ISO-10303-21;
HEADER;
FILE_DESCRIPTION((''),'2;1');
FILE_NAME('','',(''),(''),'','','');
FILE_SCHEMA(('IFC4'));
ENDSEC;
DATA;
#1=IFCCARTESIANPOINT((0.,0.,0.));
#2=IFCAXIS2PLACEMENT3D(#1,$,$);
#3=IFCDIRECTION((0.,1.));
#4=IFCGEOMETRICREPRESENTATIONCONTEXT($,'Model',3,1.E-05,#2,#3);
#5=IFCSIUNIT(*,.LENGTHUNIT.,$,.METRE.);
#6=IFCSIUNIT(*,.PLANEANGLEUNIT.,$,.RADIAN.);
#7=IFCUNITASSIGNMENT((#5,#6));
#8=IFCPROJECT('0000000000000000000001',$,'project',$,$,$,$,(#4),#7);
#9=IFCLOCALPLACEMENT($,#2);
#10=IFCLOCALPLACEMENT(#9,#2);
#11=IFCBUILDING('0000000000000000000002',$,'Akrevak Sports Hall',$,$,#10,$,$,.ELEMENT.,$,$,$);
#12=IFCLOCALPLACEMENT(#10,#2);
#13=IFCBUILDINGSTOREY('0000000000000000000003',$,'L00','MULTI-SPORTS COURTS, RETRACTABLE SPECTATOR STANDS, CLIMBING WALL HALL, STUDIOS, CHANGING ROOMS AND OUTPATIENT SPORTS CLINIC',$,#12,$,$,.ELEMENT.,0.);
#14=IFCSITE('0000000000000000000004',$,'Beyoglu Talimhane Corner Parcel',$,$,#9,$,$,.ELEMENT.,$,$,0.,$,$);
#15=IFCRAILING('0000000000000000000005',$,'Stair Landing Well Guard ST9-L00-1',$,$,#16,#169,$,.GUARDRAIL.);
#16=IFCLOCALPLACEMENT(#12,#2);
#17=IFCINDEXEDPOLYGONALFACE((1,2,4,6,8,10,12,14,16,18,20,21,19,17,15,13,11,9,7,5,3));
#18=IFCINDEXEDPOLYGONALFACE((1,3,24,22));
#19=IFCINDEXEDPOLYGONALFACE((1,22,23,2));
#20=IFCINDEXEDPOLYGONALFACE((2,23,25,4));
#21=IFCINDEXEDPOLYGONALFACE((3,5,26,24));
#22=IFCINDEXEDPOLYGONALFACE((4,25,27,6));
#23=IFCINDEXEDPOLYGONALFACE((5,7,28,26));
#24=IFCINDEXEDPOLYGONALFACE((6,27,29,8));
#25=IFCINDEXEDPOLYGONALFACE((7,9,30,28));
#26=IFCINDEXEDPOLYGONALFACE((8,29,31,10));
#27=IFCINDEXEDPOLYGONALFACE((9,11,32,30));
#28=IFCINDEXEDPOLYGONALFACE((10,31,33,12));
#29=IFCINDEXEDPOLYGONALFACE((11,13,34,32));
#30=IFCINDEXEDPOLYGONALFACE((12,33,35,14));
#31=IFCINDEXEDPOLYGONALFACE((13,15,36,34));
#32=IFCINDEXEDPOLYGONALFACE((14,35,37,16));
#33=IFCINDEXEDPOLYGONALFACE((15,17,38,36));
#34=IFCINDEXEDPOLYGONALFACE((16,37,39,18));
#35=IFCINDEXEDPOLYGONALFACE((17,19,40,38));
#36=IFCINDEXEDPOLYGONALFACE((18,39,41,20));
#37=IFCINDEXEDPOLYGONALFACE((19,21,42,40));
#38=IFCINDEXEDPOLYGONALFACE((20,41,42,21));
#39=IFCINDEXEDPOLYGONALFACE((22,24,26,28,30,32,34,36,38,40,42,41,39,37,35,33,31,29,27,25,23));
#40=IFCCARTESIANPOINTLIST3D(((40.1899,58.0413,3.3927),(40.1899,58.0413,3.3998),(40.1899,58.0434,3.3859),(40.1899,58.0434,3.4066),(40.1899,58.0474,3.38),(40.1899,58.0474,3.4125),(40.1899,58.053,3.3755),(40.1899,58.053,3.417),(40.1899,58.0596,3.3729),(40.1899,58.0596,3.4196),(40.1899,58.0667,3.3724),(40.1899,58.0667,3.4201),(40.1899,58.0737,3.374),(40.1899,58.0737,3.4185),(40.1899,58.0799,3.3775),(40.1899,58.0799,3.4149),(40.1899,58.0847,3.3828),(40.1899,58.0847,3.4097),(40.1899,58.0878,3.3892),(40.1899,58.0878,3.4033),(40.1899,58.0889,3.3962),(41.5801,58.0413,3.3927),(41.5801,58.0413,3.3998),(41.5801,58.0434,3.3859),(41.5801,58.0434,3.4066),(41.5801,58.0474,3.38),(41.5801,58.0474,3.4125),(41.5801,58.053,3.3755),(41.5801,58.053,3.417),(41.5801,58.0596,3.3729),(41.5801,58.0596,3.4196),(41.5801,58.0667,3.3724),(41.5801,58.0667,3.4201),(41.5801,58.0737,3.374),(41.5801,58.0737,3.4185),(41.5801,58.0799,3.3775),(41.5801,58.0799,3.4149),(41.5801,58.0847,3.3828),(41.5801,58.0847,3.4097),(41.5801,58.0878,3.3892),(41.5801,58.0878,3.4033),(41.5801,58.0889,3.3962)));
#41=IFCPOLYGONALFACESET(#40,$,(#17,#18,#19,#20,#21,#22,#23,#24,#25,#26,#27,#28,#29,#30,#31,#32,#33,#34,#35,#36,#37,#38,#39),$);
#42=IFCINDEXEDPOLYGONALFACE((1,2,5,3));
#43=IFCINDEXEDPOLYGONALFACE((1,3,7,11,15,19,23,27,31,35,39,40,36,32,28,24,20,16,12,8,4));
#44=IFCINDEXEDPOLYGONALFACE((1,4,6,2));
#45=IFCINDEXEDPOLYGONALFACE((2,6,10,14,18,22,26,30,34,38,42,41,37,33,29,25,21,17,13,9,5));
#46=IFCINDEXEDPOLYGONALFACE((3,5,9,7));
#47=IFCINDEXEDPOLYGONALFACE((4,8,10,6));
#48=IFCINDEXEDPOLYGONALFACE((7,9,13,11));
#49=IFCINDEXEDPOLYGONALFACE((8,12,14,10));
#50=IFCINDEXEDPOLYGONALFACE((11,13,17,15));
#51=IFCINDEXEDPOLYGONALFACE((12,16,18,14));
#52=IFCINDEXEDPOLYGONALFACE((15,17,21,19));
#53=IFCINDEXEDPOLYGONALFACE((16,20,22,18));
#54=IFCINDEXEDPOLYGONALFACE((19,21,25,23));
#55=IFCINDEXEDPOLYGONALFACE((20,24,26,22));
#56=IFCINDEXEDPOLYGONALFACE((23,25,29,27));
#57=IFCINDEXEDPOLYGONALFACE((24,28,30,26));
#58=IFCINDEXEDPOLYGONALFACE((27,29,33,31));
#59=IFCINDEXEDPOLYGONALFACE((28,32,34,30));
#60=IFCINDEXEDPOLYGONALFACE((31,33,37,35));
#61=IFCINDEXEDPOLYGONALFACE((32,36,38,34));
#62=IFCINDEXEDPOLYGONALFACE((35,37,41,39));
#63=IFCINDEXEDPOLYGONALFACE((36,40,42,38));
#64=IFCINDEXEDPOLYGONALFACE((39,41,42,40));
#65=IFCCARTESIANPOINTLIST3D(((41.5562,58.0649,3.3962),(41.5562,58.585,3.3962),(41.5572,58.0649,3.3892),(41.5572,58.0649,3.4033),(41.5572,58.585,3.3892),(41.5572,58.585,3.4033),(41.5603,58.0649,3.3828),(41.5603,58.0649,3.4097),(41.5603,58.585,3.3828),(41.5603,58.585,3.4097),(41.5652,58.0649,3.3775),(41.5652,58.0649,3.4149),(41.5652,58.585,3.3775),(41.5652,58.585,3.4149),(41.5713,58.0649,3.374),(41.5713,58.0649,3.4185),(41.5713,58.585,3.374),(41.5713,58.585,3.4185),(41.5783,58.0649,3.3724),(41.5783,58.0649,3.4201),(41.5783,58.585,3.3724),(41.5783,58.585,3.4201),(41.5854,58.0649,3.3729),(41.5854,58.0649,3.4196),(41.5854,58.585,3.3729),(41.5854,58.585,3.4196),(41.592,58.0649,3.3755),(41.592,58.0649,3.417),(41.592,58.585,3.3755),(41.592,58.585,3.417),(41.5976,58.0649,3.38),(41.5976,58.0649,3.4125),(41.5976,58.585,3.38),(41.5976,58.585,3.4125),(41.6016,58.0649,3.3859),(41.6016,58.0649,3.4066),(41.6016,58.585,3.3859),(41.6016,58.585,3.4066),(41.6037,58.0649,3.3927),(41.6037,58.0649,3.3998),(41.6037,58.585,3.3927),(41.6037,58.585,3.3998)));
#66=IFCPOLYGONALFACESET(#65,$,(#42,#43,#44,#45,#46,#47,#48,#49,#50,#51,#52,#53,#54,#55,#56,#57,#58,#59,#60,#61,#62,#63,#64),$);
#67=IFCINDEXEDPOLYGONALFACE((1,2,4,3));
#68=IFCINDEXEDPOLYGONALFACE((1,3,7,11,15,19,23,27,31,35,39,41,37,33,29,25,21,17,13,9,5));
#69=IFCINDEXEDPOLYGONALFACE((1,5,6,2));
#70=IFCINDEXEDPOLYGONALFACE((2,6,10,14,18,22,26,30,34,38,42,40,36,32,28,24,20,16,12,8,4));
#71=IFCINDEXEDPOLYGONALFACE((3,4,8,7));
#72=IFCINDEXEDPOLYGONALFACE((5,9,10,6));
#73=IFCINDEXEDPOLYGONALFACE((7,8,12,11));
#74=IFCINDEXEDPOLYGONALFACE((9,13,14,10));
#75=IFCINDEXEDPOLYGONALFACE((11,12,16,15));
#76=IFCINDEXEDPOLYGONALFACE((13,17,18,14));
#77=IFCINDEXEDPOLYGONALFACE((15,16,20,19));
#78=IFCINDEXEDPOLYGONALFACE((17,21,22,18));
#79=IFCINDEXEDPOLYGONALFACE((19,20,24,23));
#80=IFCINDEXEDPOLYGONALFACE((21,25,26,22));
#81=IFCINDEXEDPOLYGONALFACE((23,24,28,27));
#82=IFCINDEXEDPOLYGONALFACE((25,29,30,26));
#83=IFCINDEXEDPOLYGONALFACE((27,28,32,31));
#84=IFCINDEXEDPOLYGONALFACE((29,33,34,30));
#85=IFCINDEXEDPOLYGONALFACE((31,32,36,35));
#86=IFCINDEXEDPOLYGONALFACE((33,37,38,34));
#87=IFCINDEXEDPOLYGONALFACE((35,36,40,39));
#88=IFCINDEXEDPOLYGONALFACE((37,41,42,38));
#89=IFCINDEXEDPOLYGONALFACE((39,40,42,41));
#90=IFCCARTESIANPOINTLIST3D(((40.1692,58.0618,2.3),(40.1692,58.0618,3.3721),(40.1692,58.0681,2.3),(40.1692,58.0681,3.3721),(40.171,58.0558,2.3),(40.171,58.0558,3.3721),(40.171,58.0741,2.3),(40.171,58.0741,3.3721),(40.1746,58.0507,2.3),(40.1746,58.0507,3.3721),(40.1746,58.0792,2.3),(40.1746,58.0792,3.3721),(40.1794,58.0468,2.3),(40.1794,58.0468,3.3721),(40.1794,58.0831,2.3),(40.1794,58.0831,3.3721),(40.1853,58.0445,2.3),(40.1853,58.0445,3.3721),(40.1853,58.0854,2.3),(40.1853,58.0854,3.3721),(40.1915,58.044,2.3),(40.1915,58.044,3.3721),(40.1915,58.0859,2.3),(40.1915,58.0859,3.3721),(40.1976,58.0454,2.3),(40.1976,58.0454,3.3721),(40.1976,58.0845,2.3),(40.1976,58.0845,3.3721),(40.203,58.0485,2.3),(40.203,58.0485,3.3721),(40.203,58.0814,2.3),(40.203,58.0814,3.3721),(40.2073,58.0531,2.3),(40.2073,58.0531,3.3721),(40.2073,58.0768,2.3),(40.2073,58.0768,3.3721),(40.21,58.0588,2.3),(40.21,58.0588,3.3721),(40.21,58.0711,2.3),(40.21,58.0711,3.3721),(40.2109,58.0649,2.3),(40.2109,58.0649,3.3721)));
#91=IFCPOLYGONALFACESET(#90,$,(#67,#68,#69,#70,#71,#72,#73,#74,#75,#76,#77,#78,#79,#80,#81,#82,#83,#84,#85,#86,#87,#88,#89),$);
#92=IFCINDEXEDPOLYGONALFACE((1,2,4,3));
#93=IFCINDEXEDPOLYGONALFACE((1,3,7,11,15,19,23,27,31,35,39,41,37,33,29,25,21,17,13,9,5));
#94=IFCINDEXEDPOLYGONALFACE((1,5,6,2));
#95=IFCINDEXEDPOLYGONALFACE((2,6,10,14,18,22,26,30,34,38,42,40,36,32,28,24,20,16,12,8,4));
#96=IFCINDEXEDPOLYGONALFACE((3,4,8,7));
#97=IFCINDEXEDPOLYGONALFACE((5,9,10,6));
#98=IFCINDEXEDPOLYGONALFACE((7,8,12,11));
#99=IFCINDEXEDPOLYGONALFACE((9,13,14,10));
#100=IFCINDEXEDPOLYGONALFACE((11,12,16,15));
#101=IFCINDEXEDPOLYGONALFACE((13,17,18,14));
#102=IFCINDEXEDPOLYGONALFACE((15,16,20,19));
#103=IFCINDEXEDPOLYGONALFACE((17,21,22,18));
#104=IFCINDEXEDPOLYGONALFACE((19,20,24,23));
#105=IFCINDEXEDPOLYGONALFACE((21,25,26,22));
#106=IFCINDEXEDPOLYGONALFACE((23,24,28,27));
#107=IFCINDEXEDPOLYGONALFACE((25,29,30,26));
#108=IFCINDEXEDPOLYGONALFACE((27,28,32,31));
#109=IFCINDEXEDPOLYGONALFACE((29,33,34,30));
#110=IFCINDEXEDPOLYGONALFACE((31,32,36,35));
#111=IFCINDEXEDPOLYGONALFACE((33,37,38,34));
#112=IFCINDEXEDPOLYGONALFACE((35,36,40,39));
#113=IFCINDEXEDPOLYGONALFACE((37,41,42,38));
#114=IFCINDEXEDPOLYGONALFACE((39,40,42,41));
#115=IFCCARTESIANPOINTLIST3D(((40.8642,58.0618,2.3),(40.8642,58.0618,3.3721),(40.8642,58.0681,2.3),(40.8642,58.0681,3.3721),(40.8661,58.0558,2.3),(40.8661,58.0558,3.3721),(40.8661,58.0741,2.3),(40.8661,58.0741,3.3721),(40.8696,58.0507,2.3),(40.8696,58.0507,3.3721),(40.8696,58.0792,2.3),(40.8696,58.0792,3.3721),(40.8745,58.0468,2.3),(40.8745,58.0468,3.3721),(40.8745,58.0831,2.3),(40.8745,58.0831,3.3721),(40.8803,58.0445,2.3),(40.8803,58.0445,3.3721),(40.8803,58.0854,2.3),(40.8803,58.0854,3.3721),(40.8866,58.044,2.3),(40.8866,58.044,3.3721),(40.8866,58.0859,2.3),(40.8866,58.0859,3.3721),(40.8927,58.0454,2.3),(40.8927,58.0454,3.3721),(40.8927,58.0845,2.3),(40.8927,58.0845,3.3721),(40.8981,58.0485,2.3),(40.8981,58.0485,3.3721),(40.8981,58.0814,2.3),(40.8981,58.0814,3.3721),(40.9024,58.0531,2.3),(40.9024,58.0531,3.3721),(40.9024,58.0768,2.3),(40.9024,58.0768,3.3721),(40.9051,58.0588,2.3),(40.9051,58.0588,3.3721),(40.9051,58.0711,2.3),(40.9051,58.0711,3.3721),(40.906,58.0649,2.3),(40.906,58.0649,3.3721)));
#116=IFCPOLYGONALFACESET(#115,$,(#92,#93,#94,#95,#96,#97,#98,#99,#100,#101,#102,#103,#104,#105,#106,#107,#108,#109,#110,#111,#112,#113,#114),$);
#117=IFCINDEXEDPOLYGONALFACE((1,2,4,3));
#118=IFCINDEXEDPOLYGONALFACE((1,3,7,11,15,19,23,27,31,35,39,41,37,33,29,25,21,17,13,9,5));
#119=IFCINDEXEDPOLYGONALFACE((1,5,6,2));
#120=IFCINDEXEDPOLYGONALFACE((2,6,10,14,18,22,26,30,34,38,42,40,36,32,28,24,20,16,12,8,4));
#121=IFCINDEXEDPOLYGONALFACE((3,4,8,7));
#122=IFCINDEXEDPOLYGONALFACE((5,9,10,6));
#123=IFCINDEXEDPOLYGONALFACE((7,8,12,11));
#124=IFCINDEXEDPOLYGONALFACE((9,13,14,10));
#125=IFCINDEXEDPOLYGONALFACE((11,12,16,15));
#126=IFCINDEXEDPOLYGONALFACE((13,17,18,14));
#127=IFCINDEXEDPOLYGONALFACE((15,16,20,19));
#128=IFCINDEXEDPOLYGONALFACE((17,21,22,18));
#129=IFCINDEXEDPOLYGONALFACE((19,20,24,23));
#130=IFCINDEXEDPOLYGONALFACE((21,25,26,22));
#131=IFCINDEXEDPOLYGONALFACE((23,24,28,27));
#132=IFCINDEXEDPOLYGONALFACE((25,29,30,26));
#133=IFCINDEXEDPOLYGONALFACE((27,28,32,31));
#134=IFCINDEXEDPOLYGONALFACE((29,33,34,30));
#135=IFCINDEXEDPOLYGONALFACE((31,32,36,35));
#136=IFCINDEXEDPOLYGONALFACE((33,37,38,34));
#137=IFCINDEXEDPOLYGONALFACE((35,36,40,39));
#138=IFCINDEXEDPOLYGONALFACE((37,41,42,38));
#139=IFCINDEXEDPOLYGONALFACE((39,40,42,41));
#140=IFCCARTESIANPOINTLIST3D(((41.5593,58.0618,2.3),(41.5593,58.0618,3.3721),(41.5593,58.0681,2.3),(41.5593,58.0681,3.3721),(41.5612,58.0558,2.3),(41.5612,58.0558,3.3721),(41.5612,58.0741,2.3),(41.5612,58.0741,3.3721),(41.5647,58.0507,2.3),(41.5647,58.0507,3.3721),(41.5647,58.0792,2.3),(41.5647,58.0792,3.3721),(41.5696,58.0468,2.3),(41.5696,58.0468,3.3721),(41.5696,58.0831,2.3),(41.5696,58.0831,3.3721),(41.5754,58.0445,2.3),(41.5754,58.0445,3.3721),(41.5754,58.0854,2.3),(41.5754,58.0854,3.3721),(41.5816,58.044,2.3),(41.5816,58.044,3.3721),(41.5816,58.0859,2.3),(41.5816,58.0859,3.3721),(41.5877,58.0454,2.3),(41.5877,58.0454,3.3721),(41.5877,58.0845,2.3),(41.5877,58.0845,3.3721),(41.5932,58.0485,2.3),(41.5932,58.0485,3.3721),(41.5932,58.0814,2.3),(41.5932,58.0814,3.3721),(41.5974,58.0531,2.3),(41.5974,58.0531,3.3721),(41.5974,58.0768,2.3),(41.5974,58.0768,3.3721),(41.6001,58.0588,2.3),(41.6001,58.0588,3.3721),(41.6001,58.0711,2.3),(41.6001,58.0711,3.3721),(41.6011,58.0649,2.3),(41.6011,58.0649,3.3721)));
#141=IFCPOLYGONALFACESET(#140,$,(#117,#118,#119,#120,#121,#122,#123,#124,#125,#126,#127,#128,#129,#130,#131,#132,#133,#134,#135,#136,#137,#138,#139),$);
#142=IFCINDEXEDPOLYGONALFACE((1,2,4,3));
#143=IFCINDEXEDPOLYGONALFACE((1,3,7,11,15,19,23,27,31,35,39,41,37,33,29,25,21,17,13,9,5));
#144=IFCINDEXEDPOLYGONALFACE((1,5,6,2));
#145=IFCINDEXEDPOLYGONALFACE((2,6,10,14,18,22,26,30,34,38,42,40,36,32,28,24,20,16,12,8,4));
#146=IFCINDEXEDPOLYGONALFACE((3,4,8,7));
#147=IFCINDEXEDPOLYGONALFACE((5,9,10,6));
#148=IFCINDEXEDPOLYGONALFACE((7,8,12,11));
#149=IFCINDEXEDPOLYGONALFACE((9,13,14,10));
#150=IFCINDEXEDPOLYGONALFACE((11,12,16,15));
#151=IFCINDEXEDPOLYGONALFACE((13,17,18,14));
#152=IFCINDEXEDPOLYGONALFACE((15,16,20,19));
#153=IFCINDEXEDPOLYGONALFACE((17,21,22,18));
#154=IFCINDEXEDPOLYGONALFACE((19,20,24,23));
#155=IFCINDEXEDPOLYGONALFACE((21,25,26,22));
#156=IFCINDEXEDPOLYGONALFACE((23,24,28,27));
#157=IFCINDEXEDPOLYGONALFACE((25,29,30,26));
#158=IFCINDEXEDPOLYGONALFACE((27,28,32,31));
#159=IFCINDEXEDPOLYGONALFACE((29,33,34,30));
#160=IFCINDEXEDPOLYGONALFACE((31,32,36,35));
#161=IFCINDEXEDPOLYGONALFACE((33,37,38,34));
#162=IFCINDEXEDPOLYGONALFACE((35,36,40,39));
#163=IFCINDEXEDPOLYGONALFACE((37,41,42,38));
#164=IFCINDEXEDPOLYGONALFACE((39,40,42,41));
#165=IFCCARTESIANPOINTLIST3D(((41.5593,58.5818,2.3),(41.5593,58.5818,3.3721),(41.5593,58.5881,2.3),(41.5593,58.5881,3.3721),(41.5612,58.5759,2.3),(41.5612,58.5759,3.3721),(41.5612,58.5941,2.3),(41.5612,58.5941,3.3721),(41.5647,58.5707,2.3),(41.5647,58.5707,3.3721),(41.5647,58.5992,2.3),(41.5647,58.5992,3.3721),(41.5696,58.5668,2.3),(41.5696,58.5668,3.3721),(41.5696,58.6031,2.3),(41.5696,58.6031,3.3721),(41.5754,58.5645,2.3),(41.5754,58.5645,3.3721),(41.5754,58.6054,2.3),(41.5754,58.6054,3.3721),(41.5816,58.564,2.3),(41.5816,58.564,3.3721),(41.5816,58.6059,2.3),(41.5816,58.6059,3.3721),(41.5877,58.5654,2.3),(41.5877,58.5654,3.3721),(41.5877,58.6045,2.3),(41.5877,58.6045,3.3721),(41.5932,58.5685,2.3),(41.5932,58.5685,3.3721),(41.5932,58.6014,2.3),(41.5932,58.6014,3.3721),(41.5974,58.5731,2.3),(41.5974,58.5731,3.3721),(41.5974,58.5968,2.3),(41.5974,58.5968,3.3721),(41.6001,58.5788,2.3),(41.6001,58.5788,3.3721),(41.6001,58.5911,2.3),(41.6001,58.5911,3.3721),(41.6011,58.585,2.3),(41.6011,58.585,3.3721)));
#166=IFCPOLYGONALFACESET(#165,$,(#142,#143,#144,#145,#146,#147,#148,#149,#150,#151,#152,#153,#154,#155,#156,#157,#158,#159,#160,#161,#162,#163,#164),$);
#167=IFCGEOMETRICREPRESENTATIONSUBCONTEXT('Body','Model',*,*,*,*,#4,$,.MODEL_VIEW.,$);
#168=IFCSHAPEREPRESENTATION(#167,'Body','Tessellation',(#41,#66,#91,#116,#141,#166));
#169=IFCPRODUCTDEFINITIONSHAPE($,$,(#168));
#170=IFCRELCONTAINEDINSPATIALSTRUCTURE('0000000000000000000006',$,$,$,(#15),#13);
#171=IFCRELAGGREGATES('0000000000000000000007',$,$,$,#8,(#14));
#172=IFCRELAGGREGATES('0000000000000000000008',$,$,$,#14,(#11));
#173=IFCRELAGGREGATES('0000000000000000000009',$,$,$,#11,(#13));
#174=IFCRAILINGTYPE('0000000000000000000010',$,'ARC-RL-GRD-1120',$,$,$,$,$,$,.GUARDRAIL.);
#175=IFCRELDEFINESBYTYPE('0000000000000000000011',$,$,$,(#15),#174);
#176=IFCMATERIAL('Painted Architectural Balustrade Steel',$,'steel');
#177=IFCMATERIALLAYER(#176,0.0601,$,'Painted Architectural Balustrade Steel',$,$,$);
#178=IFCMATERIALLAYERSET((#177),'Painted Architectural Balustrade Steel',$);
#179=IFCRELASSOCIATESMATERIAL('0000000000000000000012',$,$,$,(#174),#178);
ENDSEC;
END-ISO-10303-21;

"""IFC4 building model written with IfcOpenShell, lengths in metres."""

from ifc_helpers import new_model, si_unit, direction, frame, origin, origin_2d, place, context, subcontext, project, spatial, circle, extrude, material, layer, layer_set, type_object, element, save


model = new_model("IFC4")

# Units and contexts
model_context = context("Model", 3, precision=1e-05, world=origin(), true_north=direction((0.0, 1.0)))
body_context = subcontext(model_context, "Body", "Model", "MODEL_VIEW")
ifc_project = project(units=[si_unit("LENGTHUNIT", "METRE"), si_unit("PLANEANGLEUNIT", "RADIAN")], contexts=[model_context])

# Site, building, storey
site_placement = place(None, origin())
site = spatial("IfcSite", under=ifc_project, at=site_placement, Name="Beyoglu Talimhane Corner Parcel", CompositionType="ELEMENT", RefElevation=0.0)
building_placement = place(site_placement, origin())
building = spatial("IfcBuilding", under=site, at=building_placement, Name="Akrevak Sports Hall", CompositionType="ELEMENT")
storey_placement = place(building_placement, origin())
storey = spatial("IfcBuildingStorey", under=building, at=storey_placement, Name="L00", Description="MULTI-SPORTS COURTS, RETRACTABLE SPECTATOR STANDS, CLIMBING WALL HALL, STUDIOS, CHANGING ROOMS AND OUTPATIENT SPORTS CLINIC", CompositionType="ELEMENT", Elevation=0.0)

# Railing
ifc_material_1 = material(Name="Painted Architectural Balustrade Steel", Category="steel")
ifc_layer_1 = layer(ifc_material_1, 0.0601, Name="Painted Architectural Balustrade Steel")
ifc_layer_set_1 = layer_set([ifc_layer_1], Name="Painted Architectural Balustrade Steel")
railing_type_1 = type_object("IfcRailingType", Name="ARC-RL-GRD-1120", PredefinedType="GUARDRAIL", material=ifc_layer_set_1)
railing_1_placement = place(storey_placement, frame((40.1899, 58.0649, 2.3)))
element("IfcRailing", 1, at=railing_1_placement, inside=storey, type_object=railing_type_1, Name="Stair Landing Well Guard ST9-L00-1", PredefinedType="GUARDRAIL", context=body_context, shape_type="SweptSolid", body=[
    extrude(circle(Radius=0.0239, at=origin_2d()), frame((0.0, 0.0, 1.0962), z_axis=(1.0, 0.0, 0.0), x_axis=(0.0, 1.0, 0.0)), (0.0, 0.0, 1.0), 1.3901),
    extrude(circle(Radius=0.0239, at=origin_2d()), frame((1.3901, 0.0, 1.0962), z_axis=(0.0, 1.0, 0.0), x_axis=(-1.0, 0.0, 0.0)), (0.0, 0.0, 1.0), 0.52),
    extrude(circle(Radius=0.021, at=origin_2d()), origin(), (0.0, 0.0, 1.0), 1.072),
    extrude(circle(Radius=0.021, at=origin_2d()), frame((0.6951, 0.0, 0.0)), (0.0, 0.0, 1.0), 1.072),
    extrude(circle(Radius=0.021, at=origin_2d()), frame((1.3901, 0.0, 0.0)), (0.0, 0.0, 1.0), 1.072),
    extrude(circle(Radius=0.021, at=origin_2d()), frame((1.3901, 0.52, 0.0)), (0.0, 0.0, 1.0), 1.072),
])

save(model, "model.ifc")
